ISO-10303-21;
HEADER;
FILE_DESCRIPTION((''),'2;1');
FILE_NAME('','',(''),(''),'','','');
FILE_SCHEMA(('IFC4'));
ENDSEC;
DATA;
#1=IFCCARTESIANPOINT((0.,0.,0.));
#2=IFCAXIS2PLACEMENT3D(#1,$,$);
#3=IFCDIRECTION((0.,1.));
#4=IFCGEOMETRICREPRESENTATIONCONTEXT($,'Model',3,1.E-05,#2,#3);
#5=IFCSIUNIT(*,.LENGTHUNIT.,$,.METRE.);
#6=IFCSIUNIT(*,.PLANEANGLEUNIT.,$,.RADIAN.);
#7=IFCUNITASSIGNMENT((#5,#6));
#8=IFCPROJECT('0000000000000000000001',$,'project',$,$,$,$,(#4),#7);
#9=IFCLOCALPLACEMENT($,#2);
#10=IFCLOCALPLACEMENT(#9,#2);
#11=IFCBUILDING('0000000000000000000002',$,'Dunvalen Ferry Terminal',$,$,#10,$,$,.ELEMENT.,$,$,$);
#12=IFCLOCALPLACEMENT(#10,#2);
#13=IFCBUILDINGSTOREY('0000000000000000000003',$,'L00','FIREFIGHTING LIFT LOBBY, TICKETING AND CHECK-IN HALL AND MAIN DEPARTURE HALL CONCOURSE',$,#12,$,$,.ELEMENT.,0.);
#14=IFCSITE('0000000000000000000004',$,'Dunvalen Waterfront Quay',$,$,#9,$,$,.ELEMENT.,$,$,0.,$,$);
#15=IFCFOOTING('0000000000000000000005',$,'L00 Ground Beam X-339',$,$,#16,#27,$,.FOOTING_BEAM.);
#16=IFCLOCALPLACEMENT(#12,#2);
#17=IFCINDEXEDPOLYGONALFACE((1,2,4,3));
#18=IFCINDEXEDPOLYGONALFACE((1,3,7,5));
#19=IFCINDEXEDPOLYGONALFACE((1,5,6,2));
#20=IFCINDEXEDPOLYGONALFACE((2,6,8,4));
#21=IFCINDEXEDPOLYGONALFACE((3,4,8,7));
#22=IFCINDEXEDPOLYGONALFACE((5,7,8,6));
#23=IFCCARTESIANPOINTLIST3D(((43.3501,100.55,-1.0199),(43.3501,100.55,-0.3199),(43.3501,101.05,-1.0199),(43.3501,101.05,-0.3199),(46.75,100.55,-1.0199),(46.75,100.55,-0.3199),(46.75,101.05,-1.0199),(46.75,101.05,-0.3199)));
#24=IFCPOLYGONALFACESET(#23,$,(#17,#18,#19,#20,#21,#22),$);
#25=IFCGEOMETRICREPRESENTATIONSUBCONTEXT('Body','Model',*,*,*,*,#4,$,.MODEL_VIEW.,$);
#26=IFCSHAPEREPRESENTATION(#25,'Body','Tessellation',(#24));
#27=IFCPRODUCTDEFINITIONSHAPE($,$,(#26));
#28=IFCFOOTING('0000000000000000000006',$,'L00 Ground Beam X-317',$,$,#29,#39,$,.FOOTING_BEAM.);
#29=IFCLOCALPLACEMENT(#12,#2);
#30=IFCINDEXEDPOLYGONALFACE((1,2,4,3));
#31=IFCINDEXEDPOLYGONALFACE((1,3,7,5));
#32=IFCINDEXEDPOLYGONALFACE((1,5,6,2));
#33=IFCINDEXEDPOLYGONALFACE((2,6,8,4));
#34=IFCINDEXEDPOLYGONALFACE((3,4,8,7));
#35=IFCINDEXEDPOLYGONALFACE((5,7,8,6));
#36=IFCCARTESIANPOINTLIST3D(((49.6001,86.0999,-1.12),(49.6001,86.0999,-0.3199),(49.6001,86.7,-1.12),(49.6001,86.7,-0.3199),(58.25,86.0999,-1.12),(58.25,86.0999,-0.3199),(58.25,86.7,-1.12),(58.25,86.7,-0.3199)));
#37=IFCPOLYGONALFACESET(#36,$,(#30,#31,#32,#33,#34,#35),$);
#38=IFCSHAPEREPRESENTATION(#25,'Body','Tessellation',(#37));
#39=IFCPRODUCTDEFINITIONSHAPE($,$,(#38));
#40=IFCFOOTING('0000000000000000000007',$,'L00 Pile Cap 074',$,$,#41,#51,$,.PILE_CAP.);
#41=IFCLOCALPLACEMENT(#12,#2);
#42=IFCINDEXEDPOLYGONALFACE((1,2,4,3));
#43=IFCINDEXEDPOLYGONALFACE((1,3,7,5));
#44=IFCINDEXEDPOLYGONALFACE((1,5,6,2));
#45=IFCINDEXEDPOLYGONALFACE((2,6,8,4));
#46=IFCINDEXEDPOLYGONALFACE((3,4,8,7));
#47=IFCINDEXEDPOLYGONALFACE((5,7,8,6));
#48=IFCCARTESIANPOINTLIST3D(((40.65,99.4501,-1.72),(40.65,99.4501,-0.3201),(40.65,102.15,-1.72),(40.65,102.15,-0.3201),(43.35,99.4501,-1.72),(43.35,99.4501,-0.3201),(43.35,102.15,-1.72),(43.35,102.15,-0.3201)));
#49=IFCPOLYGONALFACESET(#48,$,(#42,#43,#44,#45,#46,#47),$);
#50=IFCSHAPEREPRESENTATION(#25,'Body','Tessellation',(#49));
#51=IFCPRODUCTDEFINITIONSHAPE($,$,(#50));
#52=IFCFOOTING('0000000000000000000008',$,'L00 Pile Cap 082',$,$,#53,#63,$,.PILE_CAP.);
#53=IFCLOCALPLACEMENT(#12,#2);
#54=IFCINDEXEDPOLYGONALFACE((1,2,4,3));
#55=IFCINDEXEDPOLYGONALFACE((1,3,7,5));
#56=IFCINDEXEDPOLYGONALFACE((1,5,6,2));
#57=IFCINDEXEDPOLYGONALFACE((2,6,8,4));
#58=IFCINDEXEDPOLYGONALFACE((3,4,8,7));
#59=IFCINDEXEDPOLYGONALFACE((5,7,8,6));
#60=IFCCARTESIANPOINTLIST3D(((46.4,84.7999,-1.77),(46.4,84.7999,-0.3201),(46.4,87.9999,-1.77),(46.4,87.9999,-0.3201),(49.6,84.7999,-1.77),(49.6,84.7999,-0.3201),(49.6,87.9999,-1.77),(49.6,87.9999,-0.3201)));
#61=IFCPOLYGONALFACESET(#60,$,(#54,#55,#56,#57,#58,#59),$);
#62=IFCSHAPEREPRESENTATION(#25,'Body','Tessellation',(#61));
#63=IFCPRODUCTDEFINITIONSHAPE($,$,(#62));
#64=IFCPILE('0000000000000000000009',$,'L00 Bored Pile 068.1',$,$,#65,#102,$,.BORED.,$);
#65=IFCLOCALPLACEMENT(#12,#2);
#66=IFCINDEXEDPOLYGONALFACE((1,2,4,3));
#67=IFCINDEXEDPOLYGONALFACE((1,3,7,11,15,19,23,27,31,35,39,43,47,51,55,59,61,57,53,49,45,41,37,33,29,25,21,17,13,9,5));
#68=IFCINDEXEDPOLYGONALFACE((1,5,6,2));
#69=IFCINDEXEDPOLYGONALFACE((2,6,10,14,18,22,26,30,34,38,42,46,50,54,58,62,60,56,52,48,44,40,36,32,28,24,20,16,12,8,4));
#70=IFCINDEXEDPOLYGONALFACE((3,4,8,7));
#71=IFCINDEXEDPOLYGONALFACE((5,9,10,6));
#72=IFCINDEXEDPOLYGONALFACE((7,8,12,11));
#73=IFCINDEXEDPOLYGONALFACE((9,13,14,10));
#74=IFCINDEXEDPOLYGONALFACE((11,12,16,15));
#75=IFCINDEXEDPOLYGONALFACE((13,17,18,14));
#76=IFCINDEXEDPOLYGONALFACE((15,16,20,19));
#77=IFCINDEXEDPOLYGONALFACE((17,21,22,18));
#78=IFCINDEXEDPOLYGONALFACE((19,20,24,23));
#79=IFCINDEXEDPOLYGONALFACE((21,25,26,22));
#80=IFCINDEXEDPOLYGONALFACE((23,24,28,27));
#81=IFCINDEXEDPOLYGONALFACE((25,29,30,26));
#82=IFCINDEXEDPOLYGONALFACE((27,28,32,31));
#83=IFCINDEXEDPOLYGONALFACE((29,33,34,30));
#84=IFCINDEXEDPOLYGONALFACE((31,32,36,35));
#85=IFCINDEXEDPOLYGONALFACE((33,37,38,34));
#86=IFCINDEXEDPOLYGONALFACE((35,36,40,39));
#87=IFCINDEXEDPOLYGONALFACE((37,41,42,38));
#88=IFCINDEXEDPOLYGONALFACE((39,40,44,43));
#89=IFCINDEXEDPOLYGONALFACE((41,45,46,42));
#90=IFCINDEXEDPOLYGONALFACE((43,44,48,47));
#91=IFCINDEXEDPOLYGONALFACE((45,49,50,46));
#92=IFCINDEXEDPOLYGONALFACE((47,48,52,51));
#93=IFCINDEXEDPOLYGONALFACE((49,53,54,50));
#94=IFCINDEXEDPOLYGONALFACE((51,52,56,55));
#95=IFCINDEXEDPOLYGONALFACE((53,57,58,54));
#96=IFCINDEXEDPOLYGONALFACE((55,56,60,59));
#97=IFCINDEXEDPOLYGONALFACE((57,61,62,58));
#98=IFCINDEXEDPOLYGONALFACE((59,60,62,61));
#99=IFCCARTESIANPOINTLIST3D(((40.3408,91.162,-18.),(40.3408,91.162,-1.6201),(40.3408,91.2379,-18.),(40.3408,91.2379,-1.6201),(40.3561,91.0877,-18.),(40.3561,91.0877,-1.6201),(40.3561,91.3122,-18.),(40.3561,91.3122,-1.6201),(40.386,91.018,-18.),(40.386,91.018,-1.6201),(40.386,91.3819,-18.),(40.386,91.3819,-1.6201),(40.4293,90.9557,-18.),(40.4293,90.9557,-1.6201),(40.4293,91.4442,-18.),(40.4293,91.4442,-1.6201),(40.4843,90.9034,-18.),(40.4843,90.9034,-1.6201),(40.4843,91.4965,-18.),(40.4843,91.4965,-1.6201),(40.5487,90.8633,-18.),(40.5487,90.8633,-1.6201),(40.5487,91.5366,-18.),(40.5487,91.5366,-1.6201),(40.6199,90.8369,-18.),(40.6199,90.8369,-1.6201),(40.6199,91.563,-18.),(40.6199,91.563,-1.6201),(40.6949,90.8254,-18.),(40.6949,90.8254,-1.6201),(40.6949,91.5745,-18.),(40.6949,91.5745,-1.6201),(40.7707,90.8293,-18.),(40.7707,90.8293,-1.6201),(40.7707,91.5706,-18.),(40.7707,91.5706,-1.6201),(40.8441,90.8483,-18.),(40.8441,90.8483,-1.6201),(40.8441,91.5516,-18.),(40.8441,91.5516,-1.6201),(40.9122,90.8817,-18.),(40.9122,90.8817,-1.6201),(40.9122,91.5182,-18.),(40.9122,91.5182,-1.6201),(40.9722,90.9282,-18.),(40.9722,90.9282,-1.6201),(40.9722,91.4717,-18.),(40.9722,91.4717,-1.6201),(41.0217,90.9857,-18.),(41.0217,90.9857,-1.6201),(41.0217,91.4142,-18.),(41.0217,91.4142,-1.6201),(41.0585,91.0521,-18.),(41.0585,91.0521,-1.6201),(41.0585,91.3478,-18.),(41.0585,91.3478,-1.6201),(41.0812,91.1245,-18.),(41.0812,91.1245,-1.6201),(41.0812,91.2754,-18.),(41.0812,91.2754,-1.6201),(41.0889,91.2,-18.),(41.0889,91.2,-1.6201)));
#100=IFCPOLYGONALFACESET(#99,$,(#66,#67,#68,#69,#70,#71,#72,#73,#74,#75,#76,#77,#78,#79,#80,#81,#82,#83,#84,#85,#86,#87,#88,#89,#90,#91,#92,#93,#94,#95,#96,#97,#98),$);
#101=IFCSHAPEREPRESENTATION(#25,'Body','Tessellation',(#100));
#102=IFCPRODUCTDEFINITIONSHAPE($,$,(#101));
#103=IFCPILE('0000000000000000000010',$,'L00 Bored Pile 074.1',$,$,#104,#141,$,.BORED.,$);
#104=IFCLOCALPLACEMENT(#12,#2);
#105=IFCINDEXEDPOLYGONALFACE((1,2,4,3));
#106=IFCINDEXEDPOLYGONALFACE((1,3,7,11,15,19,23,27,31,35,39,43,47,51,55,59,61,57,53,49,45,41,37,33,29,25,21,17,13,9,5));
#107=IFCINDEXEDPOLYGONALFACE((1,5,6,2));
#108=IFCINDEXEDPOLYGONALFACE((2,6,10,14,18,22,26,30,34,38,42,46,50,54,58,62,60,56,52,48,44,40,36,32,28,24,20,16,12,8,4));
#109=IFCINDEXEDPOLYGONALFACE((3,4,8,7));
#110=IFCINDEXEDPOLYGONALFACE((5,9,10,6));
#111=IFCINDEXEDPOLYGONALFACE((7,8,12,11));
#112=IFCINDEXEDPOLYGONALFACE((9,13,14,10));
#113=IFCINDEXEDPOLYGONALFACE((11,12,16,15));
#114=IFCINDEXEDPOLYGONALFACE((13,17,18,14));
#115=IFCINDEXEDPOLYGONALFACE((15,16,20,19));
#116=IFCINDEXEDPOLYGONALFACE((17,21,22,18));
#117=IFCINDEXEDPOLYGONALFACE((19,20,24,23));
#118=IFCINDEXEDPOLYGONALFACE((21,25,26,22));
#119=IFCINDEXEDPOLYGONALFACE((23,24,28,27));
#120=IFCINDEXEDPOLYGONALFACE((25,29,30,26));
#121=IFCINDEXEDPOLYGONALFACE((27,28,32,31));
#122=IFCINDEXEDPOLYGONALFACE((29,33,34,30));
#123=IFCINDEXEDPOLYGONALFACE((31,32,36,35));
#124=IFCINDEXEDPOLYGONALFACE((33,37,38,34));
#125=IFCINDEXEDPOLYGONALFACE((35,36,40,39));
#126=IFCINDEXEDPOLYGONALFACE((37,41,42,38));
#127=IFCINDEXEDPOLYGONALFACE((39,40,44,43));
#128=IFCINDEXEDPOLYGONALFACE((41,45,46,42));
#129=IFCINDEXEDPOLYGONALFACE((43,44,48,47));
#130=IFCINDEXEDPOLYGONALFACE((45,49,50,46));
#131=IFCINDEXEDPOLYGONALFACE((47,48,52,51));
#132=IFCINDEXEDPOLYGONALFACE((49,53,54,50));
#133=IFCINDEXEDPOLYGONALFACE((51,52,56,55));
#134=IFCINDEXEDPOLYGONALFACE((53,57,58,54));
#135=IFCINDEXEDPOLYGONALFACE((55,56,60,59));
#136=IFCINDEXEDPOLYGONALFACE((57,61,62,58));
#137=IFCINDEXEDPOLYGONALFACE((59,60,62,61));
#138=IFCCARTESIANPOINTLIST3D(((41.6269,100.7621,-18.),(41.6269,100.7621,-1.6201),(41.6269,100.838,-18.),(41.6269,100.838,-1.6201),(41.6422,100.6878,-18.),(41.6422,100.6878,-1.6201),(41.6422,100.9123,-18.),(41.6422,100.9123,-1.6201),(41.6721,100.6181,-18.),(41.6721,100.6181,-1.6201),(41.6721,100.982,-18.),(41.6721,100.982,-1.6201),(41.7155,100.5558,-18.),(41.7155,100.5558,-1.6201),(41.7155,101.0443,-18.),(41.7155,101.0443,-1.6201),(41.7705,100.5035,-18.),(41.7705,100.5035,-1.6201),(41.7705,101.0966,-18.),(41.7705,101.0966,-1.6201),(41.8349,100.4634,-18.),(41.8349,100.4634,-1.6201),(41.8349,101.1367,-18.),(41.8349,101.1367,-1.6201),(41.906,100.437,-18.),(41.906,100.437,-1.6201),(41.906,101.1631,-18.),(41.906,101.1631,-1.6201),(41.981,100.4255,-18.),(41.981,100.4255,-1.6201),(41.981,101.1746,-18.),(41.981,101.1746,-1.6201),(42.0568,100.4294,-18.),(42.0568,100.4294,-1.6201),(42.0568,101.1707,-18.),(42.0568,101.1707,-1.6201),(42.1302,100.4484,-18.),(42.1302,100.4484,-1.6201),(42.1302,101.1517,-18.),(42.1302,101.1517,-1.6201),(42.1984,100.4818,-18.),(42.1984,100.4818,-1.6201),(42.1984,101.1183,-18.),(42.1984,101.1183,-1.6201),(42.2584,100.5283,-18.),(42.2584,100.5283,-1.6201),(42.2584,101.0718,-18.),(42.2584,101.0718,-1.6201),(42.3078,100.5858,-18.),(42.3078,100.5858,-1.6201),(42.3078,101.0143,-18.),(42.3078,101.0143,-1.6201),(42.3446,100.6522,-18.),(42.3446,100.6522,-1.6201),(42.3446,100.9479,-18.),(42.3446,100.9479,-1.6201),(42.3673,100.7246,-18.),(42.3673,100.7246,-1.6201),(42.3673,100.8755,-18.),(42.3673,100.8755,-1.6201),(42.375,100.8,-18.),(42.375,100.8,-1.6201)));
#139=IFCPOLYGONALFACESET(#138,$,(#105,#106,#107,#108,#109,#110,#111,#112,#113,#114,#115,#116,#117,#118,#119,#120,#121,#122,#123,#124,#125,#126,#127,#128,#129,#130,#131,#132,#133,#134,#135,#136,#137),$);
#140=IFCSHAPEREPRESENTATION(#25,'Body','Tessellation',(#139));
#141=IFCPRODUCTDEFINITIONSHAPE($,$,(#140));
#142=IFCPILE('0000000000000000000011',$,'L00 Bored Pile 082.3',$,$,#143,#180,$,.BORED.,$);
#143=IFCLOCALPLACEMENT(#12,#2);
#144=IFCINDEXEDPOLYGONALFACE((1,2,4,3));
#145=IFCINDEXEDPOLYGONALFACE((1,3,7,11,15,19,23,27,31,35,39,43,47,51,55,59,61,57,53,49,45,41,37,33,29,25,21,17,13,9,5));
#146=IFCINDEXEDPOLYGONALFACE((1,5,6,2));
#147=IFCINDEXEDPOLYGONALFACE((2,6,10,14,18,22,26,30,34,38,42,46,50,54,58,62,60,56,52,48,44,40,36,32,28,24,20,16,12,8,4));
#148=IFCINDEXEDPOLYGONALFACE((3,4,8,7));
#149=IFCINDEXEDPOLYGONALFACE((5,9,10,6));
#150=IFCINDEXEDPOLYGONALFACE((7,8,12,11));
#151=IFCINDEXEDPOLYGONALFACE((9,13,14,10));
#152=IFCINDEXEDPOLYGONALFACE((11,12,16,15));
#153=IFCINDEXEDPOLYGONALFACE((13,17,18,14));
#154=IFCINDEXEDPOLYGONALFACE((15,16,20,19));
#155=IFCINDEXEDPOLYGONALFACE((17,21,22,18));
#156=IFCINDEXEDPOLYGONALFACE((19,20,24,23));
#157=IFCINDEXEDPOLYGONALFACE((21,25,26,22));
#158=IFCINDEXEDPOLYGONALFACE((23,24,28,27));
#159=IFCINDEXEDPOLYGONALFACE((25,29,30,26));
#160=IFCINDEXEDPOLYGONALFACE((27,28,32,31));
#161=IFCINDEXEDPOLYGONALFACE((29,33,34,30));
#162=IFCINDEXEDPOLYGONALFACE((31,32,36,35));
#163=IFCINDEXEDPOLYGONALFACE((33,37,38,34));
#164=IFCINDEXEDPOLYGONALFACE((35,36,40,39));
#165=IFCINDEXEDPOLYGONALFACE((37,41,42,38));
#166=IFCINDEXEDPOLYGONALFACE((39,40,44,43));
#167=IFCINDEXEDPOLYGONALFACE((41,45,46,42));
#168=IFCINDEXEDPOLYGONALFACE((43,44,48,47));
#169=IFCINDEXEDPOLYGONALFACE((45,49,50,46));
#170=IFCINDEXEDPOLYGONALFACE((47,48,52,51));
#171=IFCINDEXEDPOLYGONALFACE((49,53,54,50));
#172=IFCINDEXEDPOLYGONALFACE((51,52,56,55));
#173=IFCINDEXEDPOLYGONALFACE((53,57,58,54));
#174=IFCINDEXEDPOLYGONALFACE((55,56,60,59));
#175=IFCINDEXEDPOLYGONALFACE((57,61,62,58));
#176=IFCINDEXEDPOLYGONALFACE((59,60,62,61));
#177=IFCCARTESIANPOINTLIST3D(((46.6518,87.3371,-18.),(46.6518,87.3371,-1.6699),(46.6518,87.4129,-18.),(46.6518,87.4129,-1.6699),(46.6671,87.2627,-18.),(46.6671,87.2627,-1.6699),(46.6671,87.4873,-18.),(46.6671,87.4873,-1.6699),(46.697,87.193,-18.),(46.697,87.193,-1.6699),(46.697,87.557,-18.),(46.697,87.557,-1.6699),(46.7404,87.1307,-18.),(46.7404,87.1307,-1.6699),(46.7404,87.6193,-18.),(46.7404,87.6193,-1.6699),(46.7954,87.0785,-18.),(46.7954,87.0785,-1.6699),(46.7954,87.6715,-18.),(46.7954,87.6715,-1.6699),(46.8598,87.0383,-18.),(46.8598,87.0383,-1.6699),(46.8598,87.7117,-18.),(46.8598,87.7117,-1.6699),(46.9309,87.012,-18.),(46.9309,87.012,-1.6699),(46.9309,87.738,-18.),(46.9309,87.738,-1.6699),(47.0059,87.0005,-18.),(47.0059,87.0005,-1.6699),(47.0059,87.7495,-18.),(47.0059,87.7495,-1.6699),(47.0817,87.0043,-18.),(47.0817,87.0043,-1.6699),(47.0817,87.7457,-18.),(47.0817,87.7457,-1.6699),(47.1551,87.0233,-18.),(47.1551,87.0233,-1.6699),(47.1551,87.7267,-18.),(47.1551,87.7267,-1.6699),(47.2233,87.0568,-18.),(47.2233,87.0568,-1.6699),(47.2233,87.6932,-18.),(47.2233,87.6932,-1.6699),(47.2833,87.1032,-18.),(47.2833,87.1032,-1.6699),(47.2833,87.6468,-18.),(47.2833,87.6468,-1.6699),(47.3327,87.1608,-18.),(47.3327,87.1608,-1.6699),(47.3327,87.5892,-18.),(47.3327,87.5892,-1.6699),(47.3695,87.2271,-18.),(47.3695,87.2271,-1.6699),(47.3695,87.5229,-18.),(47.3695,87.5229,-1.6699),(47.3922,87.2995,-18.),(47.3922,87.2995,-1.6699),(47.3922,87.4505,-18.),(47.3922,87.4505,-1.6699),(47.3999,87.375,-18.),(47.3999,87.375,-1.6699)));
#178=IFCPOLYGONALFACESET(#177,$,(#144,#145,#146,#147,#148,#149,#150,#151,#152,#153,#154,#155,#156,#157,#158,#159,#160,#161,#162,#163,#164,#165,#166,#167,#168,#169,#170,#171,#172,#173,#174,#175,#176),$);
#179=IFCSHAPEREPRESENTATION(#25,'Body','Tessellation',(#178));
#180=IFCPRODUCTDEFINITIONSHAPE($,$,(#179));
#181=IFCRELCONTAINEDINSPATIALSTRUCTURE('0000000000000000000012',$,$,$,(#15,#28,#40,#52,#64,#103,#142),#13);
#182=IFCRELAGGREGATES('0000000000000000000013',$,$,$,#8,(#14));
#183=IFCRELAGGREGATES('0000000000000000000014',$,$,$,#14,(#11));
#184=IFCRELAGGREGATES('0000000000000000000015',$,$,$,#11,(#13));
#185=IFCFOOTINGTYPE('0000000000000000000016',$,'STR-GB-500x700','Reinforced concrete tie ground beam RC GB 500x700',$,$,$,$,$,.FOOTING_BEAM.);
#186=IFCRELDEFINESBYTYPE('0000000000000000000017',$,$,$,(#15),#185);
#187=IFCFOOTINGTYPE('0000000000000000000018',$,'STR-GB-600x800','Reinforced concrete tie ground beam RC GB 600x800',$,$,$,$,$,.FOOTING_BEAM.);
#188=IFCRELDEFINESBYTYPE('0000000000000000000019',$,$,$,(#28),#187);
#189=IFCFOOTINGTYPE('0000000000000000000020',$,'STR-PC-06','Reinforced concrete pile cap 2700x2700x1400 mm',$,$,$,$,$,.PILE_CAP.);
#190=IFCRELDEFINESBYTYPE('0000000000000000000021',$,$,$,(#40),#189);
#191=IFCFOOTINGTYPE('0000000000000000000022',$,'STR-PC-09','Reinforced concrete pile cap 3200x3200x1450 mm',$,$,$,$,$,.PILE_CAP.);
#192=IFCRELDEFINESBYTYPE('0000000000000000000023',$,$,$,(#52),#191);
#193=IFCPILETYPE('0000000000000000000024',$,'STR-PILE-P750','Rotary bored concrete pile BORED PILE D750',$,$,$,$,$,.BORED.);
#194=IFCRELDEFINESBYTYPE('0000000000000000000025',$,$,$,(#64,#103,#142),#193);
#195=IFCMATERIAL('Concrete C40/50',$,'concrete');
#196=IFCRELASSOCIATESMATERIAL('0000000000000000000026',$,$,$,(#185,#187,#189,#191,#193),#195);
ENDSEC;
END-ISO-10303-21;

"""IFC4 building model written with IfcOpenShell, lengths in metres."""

from ifc_helpers import new_model, si_unit, direction, frame, origin, origin_2d, place, context, subcontext, project, spatial, rectangle, circle, extrude, material, material_profile, profile_set, type_object, element, save


model = new_model("IFC4")

# Units and contexts
model_context = context("Model", 3, precision=1e-05, world=origin(), true_north=direction((0.0, 1.0)))
body_context = subcontext(model_context, "Body", "Model", "MODEL_VIEW")
ifc_project = project(units=[si_unit("LENGTHUNIT", "METRE"), si_unit("PLANEANGLEUNIT", "RADIAN")], contexts=[model_context])

# Site, building, storey
site_placement = place(None, origin())
site = spatial("IfcSite", under=ifc_project, at=site_placement, Name="Dunvalen Waterfront Quay", CompositionType="ELEMENT", RefElevation=0.0)
building_placement = place(site_placement, origin())
building = spatial("IfcBuilding", under=site, at=building_placement, Name="Dunvalen Ferry Terminal", CompositionType="ELEMENT")
storey_placement = place(building_placement, origin())
storey = spatial("IfcBuildingStorey", under=building, at=storey_placement, Name="L00", Description="FIREFIGHTING LIFT LOBBY, TICKETING AND CHECK-IN HALL AND MAIN DEPARTURE HALL CONCOURSE", CompositionType="ELEMENT", Elevation=0.0)

# Footings
ifc_material_1 = material(Name="Concrete C40/50", Category="concrete")
ifc_material_profile_1 = material_profile(ifc_material_1, rectangle(XDim=0.5, YDim=0.7, at=origin_2d()), Name="Concrete C40/50")
ifc_profile_set_1 = profile_set([ifc_material_profile_1], Name="Concrete C40/50")
footing_type_1 = type_object("IfcFootingType", Name="STR-GB-500x700", Description="Reinforced concrete tie ground beam RC GB 500x700", PredefinedType="FOOTING_BEAM", material=ifc_profile_set_1)
footing_1_placement = place(storey_placement, frame((43.3501, 100.8, -0.6699), z_axis=(1.0, 0.0, 0.0), x_axis=(0.0, 1.0, 0.0)))
element("IfcFooting", 1, at=footing_1_placement, inside=storey, type_object=footing_type_1, Name="L00 Ground Beam X-339", PredefinedType="FOOTING_BEAM", context=body_context, shape_type="SweptSolid", body=[
    extrude(rectangle(XDim=0.5, YDim=0.7, at=origin_2d()), origin(), (0.0, 0.0, 1.0), 3.3999),
])
ifc_material_profile_2 = material_profile(ifc_material_1, rectangle(XDim=0.6001, YDim=0.8, at=origin_2d()), Name="Concrete C40/50")
ifc_profile_set_2 = profile_set([ifc_material_profile_2], Name="Concrete C40/50")
footing_type_2 = type_object("IfcFootingType", Name="STR-GB-600x800", Description="Reinforced concrete tie ground beam RC GB 600x800", PredefinedType="FOOTING_BEAM", material=ifc_profile_set_2)
footing_2_placement = place(storey_placement, frame((49.6001, 86.3999, -0.72), z_axis=(1.0, 0.0, 0.0), x_axis=(0.0, 1.0, 0.0)))
element("IfcFooting", 2, at=footing_2_placement, inside=storey, type_object=footing_type_2, Name="L00 Ground Beam X-317", PredefinedType="FOOTING_BEAM", context=body_context, shape_type="SweptSolid", body=[
    extrude(rectangle(XDim=0.6001, YDim=0.8, at=origin_2d()), origin(), (0.0, 0.0, 1.0), 8.6499),
])
footing_type_3 = type_object("IfcFootingType", Name="STR-PC-06", Description="Reinforced concrete pile cap 2700x2700x1400 mm", PredefinedType="PILE_CAP", material=ifc_material_1)
footing_3_placement = place(storey_placement, frame((42.0, 100.8, -1.72), z_axis=(0.0, 0.0, 1.0), x_axis=(1.0, 0.0, 0.0)))
element("IfcFooting", 3, at=footing_3_placement, inside=storey, type_object=footing_type_3, Name="L00 Pile Cap 074", PredefinedType="PILE_CAP", context=body_context, shape_type="SweptSolid", body=[
    extrude(rectangle(XDim=2.7, YDim=2.7, at=origin_2d()), origin(), (0.0, 0.0, 1.0), 1.3999),
])
footing_type_4 = type_object("IfcFootingType", Name="STR-PC-09", Description="Reinforced concrete pile cap 3200x3200x1450 mm", PredefinedType="PILE_CAP", material=ifc_material_1)
footing_4_placement = place(storey_placement, frame((48.0, 86.3999, -1.77), z_axis=(0.0, 0.0, 1.0), x_axis=(1.0, 0.0, 0.0)))
element("IfcFooting", 4, at=footing_4_placement, inside=storey, type_object=footing_type_4, Name="L00 Pile Cap 082", PredefinedType="PILE_CAP", context=body_context, shape_type="SweptSolid", body=[
    extrude(rectangle(XDim=3.2, YDim=3.2, at=origin_2d()), origin(), (0.0, 0.0, 1.0), 1.45),
])

# Piles
ifc_material_profile_3 = material_profile(ifc_material_1, circle(Radius=0.375, at=origin_2d()), Name="Concrete C40/50")
ifc_profile_set_3 = profile_set([ifc_material_profile_3], Name="Concrete C40/50")
pile_type = type_object("IfcPileType", Name="STR-PILE-P750", Description="Rotary bored concrete pile BORED PILE D750", PredefinedType="BORED", material=ifc_profile_set_3)
for number, where, z_axis, x_axis, name in (
    (5, (40.7139, 91.2, -1.6201), (0.0, 0.0, -1.0), (1.0, 0.0, 0.0), "L00 Bored Pile 068.1"),
    (6, (42.0, 100.8, -1.6201), (0.0, 0.0, -1.0), (1.0, 0.0, 0.0), "L00 Bored Pile 074.1"),
):
    element("IfcPile", number, at=place(storey_placement, frame(where, z_axis=z_axis, x_axis=x_axis)), inside=storey, type_object=pile_type, Name=name, PredefinedType="BORED", context=body_context, shape_type="SweptSolid", body=[
        extrude(circle(Radius=0.375, at=origin_2d()), origin(), (0.0, 0.0, 1.0), 16.3799),
    ])
for number, where, z_axis, x_axis, name in (
    (7, (47.0249, 87.375, -1.6699), (0.0, 0.0, -1.0), (1.0, 0.0, 0.0), "L00 Bored Pile 082.3"),
):
    element("IfcPile", number, at=place(storey_placement, frame(where, z_axis=z_axis, x_axis=x_axis)), inside=storey, type_object=pile_type, Name=name, PredefinedType="BORED", context=body_context, shape_type="SweptSolid", body=[
        extrude(circle(Radius=0.375, at=origin_2d()), origin(), (0.0, 0.0, 1.0), 16.3301),
    ])

save(model, "model.ifc")
